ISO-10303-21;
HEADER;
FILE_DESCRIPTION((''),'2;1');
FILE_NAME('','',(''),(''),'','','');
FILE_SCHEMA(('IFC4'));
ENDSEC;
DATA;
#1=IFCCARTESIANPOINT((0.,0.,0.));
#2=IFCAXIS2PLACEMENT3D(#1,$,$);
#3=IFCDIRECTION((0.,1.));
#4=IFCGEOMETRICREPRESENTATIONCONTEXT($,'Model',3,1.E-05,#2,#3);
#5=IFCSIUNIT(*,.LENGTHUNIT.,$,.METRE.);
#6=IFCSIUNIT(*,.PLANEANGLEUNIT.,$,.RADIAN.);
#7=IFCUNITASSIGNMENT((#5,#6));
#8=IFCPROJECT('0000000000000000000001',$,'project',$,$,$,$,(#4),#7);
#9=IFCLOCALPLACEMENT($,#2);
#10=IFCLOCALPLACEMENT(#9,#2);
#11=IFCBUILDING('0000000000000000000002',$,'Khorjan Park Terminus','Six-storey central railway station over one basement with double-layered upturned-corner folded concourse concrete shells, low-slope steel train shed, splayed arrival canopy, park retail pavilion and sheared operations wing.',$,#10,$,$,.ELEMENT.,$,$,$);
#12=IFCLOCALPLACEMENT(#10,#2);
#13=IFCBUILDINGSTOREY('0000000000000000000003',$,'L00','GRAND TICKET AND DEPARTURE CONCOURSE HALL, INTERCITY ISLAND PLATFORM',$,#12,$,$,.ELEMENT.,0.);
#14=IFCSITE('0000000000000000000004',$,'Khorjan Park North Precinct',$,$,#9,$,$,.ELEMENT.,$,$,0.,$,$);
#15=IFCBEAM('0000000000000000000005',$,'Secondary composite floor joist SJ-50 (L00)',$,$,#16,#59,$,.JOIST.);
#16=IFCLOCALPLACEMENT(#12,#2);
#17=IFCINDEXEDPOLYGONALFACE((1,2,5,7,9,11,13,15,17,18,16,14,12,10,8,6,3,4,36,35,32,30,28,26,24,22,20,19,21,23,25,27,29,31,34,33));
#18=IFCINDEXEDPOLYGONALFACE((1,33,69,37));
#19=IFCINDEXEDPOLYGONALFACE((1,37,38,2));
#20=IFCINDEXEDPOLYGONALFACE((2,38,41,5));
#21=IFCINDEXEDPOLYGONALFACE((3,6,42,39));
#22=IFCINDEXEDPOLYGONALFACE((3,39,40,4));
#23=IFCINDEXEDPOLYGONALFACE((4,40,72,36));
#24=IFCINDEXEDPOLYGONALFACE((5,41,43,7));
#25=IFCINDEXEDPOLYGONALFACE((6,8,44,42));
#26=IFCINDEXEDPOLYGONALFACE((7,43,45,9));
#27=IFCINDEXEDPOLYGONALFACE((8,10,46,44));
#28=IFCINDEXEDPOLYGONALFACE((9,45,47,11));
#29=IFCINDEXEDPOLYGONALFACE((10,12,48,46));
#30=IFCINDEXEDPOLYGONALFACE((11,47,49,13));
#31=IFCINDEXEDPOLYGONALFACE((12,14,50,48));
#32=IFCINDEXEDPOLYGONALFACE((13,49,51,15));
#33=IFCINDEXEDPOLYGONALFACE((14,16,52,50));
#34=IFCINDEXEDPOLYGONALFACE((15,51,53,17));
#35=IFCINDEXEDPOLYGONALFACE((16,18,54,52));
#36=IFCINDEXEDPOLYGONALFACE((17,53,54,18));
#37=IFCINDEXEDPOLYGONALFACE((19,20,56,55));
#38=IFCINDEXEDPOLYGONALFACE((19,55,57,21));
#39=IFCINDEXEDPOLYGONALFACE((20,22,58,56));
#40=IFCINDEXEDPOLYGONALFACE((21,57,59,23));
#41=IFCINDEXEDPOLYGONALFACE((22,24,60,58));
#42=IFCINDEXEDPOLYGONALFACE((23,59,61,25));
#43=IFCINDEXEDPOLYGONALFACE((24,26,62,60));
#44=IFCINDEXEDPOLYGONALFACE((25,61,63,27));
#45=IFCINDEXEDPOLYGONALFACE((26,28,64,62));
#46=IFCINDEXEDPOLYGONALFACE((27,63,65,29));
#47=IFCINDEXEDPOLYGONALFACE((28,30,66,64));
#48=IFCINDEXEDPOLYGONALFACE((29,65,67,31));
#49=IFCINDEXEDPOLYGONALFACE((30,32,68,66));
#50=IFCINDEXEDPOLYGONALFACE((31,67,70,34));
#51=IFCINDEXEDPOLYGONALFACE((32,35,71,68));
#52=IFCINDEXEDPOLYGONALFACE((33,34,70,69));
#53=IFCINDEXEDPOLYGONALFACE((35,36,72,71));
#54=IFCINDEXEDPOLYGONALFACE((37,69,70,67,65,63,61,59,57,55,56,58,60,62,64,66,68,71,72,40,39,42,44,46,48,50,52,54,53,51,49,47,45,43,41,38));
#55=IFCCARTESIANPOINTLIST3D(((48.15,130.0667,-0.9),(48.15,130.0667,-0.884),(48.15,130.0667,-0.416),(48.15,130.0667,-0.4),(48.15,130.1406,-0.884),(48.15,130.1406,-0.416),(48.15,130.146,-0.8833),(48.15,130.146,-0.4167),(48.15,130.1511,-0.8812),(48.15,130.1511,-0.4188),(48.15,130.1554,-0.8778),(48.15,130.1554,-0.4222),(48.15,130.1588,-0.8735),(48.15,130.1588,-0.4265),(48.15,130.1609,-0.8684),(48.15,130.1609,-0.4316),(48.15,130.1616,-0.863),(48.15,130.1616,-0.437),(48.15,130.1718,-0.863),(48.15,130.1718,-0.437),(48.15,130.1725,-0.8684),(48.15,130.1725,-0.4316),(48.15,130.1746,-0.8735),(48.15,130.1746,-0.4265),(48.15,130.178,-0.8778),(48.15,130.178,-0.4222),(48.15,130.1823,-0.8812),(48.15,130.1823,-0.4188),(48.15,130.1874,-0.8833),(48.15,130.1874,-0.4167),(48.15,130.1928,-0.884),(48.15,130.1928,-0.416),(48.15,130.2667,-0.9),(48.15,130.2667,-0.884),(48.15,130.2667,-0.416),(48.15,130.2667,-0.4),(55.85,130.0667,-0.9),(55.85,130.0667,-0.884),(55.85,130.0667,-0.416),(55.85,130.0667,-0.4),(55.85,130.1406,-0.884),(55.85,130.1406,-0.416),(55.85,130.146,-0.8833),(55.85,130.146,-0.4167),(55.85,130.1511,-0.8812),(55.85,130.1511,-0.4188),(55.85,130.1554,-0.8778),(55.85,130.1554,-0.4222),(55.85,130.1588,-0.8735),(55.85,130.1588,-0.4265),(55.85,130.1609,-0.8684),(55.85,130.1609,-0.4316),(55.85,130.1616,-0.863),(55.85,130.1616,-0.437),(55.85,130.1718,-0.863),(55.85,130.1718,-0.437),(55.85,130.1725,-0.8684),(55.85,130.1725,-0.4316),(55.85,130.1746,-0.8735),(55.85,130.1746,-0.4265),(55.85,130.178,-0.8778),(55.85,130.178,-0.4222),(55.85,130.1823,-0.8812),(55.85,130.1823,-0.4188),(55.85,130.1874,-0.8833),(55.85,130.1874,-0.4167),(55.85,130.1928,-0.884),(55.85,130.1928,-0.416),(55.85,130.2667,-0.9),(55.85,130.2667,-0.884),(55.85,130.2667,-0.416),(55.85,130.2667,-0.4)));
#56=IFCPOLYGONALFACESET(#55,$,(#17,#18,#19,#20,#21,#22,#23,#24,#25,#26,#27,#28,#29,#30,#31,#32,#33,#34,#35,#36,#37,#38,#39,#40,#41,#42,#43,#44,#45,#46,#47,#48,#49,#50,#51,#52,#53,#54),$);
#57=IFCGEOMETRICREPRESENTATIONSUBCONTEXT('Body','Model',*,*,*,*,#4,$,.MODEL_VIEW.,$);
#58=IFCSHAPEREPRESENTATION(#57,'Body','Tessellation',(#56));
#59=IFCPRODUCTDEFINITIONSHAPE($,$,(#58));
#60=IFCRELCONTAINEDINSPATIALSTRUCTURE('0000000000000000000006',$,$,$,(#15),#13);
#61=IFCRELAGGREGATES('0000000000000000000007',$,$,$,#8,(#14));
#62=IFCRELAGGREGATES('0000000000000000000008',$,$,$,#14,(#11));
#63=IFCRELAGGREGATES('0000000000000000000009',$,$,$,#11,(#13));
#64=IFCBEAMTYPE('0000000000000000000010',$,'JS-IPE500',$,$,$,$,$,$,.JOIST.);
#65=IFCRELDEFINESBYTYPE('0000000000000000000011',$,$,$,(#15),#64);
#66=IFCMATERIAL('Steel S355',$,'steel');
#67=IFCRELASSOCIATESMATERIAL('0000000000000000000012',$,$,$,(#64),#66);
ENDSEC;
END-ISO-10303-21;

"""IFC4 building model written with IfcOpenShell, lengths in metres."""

from ifc_helpers import new_model, si_unit, direction, frame, origin, origin_2d, place, context, subcontext, project, spatial, i_section, extrude, material, material_profile, profile_set, type_object, element, save


model = new_model("IFC4")

# Units and contexts
model_context = context("Model", 3, precision=1e-05, world=origin(), true_north=direction((0.0, 1.0)))
body_context = subcontext(model_context, "Body", "Model", "MODEL_VIEW")
ifc_project = project(units=[si_unit("LENGTHUNIT", "METRE"), si_unit("PLANEANGLEUNIT", "RADIAN")], contexts=[model_context])

# Site, building, storey
site_placement = place(None, origin())
site = spatial("IfcSite", under=ifc_project, at=site_placement, Name="Khorjan Park North Precinct", CompositionType="ELEMENT", RefElevation=0.0)
building_placement = place(site_placement, origin())
building = spatial("IfcBuilding", under=site, at=building_placement, Name="Khorjan Park Terminus", Description="Six-storey central railway station over one basement with double-layered upturned-corner folded concourse concrete shells, low-slope steel train shed, splayed arrival canopy, park retail pavilion and sheared operations wing.", CompositionType="ELEMENT")
storey_placement = place(building_placement, origin())
storey = spatial("IfcBuildingStorey", under=building, at=storey_placement, Name="L00", Description="GRAND TICKET AND DEPARTURE CONCOURSE HALL, INTERCITY ISLAND PLATFORM", CompositionType="ELEMENT", Elevation=0.0)

# Shared definitions
ifc_material = material(Name="Steel S355", Category="steel")

# Beam
ifc_material_profile_1 = material_profile(ifc_material, i_section(OverallWidth=0.2, OverallDepth=0.5, WebThickness=0.0102, FlangeThickness=0.016, FilletRadius=0.021, at=origin_2d()), Name="IPE 500")
ifc_profile_set_1 = profile_set([ifc_material_profile_1], Name="Steel S355")
beam_type_1 = type_object("IfcBeamType", Name="JS-IPE500", PredefinedType="JOIST", material=ifc_profile_set_1)
beam_1_placement = place(storey_placement, frame((48.15, 130.1667, -0.65), z_axis=(1.0, 0.0, 0.0), x_axis=(0.0, 1.0, 0.0)))
element("IfcBeam", 1, at=beam_1_placement, inside=storey, type_object=beam_type_1, Name="Secondary composite floor joist SJ-50 (L00)", PredefinedType="JOIST", context=body_context, shape_type="SweptSolid", body=[
    extrude(i_section(OverallWidth=0.2, OverallDepth=0.5, WebThickness=0.0102, FlangeThickness=0.016, FilletRadius=0.021, at=origin_2d()), origin(), (0.0, 0.0, 1.0), 7.7),
])

save(model, "model.ifc")
